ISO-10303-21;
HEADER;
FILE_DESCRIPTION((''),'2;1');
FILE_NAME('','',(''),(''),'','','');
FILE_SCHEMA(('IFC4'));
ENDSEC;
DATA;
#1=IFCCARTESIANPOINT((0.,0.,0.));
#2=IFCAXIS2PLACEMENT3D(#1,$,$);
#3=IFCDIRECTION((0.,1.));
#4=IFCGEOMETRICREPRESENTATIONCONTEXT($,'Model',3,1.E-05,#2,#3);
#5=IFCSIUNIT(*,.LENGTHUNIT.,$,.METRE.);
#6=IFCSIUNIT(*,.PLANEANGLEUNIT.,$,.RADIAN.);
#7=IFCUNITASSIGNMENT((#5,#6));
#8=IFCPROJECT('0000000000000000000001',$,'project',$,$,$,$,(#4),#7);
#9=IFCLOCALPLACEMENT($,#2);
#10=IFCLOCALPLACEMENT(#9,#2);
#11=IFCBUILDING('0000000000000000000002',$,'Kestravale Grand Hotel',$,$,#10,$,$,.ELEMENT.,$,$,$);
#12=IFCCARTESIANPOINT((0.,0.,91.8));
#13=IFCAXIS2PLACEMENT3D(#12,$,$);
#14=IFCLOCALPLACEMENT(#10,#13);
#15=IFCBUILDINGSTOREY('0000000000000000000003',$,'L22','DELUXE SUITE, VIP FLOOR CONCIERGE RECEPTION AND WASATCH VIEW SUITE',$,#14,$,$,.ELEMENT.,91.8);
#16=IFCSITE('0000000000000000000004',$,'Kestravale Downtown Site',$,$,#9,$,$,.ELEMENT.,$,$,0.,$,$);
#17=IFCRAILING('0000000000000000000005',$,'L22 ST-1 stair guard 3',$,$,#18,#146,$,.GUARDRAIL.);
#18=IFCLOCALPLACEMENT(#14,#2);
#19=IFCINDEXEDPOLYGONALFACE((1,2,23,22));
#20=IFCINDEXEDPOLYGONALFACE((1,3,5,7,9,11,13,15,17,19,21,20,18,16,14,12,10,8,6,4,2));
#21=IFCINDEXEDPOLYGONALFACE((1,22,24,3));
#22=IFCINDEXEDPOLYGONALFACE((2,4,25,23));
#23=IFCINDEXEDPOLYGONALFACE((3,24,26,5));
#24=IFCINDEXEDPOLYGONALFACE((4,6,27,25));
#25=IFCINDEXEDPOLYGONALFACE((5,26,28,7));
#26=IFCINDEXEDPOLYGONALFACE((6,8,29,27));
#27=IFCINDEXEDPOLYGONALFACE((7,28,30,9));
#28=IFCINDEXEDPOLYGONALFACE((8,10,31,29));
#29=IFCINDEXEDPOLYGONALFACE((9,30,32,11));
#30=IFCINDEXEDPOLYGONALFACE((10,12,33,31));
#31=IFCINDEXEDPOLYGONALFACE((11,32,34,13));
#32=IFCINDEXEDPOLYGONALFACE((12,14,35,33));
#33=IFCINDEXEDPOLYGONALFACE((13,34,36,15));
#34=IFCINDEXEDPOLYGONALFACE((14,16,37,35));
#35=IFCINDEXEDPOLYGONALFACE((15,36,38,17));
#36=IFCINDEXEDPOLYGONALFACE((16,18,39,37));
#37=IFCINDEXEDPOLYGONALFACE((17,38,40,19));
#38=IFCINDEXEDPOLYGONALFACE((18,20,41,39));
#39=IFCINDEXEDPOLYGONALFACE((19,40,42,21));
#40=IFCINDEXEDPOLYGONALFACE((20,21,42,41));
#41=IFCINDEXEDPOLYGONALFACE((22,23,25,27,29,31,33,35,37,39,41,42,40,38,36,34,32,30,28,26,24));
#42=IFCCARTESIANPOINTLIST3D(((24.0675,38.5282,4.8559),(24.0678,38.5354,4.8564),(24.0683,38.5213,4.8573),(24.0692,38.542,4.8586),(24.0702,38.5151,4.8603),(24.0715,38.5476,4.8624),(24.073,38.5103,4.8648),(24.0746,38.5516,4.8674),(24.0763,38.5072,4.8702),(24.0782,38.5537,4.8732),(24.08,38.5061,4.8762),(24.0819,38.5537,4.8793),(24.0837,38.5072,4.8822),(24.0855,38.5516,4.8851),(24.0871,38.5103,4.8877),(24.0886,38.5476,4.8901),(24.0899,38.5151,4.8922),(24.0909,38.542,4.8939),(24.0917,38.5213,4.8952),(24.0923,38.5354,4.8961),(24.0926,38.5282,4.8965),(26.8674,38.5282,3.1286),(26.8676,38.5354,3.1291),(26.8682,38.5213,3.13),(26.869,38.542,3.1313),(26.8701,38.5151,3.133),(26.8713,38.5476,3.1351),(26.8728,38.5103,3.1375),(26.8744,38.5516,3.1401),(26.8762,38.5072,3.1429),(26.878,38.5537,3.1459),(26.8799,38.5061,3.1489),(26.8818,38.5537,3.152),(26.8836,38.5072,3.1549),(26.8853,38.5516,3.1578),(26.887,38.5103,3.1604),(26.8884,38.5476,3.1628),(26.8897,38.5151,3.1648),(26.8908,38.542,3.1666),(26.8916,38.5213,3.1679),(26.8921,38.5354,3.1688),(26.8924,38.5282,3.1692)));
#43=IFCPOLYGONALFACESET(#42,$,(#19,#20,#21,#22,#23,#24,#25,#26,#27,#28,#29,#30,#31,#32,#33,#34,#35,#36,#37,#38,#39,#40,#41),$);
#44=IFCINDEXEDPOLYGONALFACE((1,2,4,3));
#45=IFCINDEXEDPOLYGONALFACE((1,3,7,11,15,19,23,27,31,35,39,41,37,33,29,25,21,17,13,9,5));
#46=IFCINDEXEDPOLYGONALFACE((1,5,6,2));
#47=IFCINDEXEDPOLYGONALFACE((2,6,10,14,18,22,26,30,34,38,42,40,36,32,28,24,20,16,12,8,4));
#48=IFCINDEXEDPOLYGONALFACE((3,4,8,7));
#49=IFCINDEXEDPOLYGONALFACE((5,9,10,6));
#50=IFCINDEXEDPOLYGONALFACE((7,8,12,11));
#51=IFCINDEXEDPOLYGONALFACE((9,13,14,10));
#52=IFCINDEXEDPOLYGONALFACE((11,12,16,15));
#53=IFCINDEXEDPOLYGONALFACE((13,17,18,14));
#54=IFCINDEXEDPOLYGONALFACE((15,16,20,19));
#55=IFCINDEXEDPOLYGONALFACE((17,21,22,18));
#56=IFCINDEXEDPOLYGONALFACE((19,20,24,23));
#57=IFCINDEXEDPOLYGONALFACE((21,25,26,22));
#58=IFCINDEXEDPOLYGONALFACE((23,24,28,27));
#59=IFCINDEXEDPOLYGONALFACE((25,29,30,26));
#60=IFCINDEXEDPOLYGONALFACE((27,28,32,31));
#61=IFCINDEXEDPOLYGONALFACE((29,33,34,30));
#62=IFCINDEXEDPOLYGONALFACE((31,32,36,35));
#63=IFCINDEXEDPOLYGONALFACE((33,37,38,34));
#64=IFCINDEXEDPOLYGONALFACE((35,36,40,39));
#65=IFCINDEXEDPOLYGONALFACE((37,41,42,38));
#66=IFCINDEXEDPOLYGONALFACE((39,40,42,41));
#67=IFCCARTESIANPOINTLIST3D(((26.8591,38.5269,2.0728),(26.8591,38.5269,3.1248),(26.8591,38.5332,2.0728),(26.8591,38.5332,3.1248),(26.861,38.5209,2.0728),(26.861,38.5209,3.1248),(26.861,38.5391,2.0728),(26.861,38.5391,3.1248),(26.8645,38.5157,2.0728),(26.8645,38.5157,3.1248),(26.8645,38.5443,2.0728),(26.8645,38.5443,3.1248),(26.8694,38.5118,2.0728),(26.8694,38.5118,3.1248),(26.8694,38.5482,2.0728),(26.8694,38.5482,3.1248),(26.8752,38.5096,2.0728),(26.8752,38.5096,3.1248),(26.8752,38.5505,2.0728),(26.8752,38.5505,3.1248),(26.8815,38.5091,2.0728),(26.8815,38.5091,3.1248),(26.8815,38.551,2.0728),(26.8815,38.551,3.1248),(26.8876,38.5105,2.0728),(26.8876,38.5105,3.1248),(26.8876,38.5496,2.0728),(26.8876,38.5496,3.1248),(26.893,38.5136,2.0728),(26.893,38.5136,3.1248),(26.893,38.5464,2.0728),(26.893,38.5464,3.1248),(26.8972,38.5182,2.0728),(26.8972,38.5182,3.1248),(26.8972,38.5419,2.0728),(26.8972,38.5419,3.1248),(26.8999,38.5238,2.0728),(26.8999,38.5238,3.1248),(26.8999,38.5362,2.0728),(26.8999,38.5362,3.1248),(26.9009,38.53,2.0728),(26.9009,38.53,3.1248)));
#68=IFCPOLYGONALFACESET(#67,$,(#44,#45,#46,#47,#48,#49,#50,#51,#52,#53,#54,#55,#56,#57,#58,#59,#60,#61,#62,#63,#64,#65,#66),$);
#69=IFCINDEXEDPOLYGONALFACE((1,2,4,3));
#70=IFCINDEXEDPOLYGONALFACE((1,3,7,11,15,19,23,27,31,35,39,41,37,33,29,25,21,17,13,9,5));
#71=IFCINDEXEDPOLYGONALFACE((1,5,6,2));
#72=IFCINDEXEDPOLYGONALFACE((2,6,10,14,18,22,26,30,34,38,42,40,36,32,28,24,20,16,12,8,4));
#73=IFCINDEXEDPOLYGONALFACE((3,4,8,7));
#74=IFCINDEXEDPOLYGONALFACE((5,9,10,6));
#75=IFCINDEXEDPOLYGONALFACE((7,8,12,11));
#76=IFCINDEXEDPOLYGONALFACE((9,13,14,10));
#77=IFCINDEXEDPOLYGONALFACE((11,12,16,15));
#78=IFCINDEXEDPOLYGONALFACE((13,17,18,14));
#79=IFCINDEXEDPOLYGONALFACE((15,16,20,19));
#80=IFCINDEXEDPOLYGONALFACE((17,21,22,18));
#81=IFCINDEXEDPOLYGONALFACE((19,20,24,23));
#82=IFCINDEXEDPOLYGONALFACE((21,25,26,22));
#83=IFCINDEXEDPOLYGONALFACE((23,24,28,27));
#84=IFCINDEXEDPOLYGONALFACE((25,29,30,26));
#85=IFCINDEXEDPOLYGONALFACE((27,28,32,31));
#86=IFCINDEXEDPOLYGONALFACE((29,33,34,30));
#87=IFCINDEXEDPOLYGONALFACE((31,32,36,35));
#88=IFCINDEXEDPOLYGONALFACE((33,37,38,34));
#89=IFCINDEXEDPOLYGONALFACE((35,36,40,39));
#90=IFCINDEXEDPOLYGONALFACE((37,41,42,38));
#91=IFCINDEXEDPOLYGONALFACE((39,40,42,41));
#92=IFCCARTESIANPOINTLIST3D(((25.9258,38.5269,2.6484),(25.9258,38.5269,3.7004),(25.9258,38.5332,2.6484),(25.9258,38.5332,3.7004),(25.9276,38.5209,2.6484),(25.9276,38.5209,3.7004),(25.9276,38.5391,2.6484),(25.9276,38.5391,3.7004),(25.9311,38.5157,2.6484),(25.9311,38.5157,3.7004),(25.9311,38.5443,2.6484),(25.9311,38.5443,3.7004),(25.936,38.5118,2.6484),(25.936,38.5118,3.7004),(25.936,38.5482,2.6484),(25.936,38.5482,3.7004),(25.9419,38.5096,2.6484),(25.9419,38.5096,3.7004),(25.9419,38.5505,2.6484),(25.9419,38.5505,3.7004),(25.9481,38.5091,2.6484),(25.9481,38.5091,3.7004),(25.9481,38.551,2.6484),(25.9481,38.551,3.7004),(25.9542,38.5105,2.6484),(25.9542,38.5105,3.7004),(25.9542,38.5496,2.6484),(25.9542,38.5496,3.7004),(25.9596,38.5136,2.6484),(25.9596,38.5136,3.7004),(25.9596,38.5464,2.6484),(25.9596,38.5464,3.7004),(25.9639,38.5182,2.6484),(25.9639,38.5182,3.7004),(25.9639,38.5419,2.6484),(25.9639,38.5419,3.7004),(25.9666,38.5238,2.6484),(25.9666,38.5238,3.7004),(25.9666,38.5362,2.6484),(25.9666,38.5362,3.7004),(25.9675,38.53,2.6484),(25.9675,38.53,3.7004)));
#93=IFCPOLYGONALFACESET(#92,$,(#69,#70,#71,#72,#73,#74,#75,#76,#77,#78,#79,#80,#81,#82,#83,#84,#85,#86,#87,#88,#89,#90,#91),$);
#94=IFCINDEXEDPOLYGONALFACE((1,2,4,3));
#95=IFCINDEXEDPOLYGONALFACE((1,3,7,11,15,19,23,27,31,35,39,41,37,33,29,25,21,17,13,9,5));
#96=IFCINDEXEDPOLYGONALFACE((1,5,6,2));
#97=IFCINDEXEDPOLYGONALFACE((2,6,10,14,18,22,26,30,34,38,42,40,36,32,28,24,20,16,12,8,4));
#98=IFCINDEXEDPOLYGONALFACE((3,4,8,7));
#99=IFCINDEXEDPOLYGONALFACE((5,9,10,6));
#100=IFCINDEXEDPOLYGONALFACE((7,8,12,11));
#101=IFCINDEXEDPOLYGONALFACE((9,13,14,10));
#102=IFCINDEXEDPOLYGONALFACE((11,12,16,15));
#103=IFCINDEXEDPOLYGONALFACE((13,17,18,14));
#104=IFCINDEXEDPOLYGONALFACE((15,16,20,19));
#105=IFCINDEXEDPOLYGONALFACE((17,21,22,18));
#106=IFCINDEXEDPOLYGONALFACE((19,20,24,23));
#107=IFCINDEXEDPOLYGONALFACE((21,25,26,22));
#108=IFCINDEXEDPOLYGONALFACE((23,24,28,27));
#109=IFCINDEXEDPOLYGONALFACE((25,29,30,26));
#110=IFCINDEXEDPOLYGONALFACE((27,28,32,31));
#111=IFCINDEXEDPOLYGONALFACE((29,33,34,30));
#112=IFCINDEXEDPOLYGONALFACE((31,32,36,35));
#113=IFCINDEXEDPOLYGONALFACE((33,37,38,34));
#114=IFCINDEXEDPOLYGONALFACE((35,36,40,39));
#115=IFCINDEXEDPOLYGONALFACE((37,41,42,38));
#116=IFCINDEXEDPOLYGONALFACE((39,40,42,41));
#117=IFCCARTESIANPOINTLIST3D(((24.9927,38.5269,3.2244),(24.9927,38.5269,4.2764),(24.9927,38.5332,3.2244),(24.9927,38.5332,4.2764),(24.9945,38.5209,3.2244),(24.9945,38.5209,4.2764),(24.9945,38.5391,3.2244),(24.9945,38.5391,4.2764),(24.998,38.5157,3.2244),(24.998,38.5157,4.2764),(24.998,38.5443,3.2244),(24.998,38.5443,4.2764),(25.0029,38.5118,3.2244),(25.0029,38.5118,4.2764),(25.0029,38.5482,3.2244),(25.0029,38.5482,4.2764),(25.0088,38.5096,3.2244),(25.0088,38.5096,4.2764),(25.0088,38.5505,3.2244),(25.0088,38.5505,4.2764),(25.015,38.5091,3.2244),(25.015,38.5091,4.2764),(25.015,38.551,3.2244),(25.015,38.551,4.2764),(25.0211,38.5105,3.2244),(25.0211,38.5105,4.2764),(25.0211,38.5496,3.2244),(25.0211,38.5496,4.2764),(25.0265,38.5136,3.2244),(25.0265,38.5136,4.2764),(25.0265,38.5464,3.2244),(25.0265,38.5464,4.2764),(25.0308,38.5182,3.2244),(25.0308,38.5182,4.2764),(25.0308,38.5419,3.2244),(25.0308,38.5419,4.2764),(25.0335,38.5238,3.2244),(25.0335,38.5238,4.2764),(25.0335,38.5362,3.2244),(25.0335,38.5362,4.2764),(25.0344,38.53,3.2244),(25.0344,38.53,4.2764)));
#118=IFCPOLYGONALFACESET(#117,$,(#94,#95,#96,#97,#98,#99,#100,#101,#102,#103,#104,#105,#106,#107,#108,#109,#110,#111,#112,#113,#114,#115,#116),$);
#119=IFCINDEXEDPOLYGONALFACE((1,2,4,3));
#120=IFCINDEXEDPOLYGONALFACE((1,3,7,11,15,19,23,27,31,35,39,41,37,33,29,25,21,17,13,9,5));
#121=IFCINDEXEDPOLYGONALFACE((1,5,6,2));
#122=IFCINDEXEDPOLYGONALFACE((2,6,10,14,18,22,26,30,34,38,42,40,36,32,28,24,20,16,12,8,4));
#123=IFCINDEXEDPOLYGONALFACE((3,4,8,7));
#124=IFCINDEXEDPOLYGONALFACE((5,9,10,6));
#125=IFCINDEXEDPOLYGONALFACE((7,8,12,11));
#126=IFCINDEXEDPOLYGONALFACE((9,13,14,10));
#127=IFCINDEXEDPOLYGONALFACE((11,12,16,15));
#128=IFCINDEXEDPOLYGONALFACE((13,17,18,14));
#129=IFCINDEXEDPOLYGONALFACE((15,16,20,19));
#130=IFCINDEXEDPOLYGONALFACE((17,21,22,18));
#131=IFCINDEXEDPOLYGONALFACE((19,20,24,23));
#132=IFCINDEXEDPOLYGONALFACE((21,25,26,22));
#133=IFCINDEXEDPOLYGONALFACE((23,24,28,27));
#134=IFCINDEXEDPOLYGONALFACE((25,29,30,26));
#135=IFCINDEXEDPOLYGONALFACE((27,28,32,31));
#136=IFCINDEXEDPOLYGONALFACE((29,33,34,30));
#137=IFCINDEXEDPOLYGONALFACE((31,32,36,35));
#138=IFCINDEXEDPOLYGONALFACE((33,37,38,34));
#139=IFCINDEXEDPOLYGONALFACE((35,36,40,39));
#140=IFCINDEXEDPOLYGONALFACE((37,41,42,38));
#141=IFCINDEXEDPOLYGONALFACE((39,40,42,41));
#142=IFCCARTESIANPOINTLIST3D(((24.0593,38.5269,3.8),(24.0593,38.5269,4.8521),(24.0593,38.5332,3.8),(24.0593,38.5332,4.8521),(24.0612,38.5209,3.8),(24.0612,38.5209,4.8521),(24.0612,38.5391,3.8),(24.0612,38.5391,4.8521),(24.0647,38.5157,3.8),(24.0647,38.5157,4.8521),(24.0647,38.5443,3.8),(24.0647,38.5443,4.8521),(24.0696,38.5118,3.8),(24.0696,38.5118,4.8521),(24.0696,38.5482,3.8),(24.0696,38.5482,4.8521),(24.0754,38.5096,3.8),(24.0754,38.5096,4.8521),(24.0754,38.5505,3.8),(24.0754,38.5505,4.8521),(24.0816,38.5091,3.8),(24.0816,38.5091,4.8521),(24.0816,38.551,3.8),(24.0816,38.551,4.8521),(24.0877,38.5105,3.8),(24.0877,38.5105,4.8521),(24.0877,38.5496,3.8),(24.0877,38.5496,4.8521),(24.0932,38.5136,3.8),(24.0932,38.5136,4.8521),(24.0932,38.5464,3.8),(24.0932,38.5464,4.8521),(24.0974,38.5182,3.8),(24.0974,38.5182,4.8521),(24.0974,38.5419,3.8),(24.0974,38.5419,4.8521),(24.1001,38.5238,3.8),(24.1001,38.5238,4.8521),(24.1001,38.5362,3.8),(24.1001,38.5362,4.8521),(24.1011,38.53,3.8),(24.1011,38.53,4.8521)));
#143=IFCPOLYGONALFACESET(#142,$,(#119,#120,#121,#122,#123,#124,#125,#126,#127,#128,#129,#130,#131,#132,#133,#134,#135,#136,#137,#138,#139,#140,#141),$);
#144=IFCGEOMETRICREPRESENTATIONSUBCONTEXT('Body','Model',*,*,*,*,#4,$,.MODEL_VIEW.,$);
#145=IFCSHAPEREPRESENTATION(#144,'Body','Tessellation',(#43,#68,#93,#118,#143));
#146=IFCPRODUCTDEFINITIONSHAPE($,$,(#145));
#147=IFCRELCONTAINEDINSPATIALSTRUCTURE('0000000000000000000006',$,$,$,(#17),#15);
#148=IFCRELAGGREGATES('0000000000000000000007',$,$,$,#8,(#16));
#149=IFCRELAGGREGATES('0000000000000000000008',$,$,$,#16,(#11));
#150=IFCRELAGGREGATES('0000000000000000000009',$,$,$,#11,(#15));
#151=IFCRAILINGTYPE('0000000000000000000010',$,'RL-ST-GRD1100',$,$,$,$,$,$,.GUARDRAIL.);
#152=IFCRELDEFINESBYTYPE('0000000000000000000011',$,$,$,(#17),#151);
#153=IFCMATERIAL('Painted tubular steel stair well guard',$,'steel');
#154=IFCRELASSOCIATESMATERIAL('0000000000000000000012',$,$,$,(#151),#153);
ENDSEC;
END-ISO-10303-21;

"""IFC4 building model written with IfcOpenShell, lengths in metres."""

from ifc_helpers import new_model, si_unit, direction, frame, origin, origin_2d, place, context, subcontext, project, spatial, circle, extrude, material, type_object, element, save


model = new_model("IFC4")

# Units and contexts
model_context = context("Model", 3, precision=1e-05, world=origin(), true_north=direction((0.0, 1.0)))
body_context = subcontext(model_context, "Body", "Model", "MODEL_VIEW")
ifc_project = project(units=[si_unit("LENGTHUNIT", "METRE"), si_unit("PLANEANGLEUNIT", "RADIAN")], contexts=[model_context])

# Site, building, storey
site_placement = place(None, origin())
site = spatial("IfcSite", under=ifc_project, at=site_placement, Name="Kestravale Downtown Site", CompositionType="ELEMENT", RefElevation=0.0)
building_placement = place(site_placement, origin())
building = spatial("IfcBuilding", under=site, at=building_placement, Name="Kestravale Grand Hotel", CompositionType="ELEMENT")
storey_placement = place(building_placement, frame((0.0, 0.0, 91.8)))
storey = spatial("IfcBuildingStorey", under=building, at=storey_placement, Name="L22", Description="DELUXE SUITE, VIP FLOOR CONCIERGE RECEPTION AND WASATCH VIEW SUITE", CompositionType="ELEMENT", Elevation=91.8)

# Railing
ifc_material_1 = material(Name="Painted tubular steel stair well guard", Category="steel")
railing_type_1 = type_object("IfcRailingType", Name="RL-ST-GRD1100", PredefinedType="GUARDRAIL", material=ifc_material_1)
railing_1_placement = place(storey_placement, frame((26.8799, 38.53, 2.0728)))
element("IfcRailing", 1, at=railing_1_placement, inside=storey, type_object=railing_type_1, Name="L22 ST-1 stair guard 3", PredefinedType="GUARDRAIL", context=body_context, shape_type="SweptSolid", body=[
    extrude(circle(Radius=0.0239, at=origin_2d()), frame((0.0, 0.0, 1.0762), z_axis=(-0.851069, 0.0, 0.525054), x_axis=(0.0, -1.0, 0.0)), (0.0, 0.0, 1.0), 3.2898),
    extrude(circle(Radius=0.021, at=origin_2d()), origin(), (0.0, 0.0, 1.0), 1.052),
    extrude(circle(Radius=0.021, at=origin_2d()), frame((-0.9333, 0.0, 0.5757)), (0.0, 0.0, 1.0), 1.052),
    extrude(circle(Radius=0.021, at=origin_2d()), frame((-1.8665, 0.0, 1.1516)), (0.0, 0.0, 1.0), 1.052),
    extrude(circle(Radius=0.021, at=origin_2d()), frame((-2.7998, 0.0, 1.7273)), (0.0, 0.0, 1.0), 1.052),
])

save(model, "model.ifc")
